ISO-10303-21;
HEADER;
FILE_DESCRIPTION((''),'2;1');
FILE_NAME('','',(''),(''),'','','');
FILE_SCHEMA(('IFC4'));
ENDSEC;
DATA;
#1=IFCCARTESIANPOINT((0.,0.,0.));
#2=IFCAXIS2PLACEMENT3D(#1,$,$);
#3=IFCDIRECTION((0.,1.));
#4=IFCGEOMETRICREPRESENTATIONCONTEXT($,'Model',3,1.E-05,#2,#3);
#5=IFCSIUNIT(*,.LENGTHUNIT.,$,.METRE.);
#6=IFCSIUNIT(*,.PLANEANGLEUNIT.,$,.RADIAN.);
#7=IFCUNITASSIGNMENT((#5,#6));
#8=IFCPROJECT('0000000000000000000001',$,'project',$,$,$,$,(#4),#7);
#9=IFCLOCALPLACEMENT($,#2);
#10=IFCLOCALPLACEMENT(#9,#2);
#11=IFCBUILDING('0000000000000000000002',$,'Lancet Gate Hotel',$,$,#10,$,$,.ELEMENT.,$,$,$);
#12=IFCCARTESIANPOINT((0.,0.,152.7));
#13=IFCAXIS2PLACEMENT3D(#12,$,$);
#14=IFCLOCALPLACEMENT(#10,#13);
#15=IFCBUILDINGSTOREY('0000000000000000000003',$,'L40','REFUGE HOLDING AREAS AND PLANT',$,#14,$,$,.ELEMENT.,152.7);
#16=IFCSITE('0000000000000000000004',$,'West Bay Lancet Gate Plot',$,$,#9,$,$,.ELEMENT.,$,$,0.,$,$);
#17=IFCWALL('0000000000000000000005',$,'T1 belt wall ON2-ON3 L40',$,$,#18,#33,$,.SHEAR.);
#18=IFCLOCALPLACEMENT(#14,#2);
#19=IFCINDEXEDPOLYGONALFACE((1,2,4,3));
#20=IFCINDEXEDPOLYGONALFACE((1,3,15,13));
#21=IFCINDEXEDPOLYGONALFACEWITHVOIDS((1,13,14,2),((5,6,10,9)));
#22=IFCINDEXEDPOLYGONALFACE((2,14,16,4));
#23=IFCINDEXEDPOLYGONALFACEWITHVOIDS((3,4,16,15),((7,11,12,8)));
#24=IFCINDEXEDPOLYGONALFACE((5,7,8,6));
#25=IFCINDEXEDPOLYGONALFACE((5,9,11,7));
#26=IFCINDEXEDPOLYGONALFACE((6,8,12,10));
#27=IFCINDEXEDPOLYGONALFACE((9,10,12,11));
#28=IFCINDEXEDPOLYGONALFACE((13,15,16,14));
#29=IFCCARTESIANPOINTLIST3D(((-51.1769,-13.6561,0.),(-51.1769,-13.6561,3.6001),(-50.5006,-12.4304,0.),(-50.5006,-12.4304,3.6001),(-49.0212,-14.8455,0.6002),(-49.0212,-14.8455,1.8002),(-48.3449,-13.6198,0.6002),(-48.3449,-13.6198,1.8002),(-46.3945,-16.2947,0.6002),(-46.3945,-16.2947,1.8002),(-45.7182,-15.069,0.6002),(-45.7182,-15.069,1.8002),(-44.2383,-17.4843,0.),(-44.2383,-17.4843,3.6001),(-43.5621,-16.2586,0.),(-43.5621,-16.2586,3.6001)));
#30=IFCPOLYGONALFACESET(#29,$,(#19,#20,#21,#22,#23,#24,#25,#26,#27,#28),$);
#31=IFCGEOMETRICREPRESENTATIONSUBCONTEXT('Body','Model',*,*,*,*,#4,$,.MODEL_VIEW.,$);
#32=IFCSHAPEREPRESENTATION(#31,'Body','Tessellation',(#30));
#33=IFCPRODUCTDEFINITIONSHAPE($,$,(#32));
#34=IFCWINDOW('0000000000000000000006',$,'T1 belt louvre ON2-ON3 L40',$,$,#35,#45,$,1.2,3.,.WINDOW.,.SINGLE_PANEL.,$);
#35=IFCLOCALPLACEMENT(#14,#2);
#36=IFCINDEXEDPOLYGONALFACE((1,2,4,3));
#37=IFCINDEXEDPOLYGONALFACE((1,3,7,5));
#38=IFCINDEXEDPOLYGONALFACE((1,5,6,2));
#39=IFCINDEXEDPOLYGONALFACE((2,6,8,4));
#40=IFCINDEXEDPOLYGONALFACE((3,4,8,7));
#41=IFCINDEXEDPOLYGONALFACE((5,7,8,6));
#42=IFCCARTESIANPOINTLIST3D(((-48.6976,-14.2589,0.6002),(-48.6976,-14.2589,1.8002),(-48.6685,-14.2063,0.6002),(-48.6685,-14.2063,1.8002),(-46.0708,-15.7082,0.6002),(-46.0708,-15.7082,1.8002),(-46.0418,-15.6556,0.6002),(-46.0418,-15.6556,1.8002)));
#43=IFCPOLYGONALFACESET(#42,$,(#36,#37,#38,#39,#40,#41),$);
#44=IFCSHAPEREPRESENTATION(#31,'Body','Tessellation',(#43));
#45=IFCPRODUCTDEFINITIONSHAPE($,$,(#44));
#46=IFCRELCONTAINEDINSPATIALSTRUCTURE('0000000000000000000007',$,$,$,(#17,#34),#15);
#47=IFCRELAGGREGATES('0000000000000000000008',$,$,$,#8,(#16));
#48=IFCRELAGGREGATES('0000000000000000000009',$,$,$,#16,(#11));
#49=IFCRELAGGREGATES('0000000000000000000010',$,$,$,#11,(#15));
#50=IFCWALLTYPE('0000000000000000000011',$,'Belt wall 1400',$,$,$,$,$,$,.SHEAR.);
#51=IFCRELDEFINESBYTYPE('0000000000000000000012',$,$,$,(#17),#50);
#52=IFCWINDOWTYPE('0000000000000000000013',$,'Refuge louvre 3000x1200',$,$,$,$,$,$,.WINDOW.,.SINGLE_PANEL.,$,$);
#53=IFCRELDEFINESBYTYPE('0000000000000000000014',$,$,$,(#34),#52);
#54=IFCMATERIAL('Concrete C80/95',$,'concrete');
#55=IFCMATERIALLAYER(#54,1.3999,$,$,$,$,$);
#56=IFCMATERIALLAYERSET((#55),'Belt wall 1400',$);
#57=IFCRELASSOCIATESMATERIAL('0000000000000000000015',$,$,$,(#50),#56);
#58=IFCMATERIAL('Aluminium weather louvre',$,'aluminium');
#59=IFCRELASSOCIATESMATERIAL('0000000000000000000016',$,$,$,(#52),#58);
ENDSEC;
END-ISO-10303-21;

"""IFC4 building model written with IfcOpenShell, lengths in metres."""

from ifc_helpers import new_model, si_unit, direction, frame, frame_2d, origin, place, context, subcontext, project, spatial, rectangle, extrude, material, layer, layer_set, type_object, element, fill, save


model = new_model("IFC4")

# Units and contexts
model_context = context("Model", 3, precision=1e-05, world=origin(), true_north=direction((0.0, 1.0)))
body_context = subcontext(model_context, "Body", "Model", "MODEL_VIEW")
ifc_project = project(units=[si_unit("LENGTHUNIT", "METRE"), si_unit("PLANEANGLEUNIT", "RADIAN")], contexts=[model_context])

# Site, building, storey
site_placement = place(None, origin())
site = spatial("IfcSite", under=ifc_project, at=site_placement, Name="West Bay Lancet Gate Plot", CompositionType="ELEMENT", RefElevation=0.0)
building_placement = place(site_placement, origin())
building = spatial("IfcBuilding", under=site, at=building_placement, Name="Lancet Gate Hotel", CompositionType="ELEMENT")
storey_placement = place(building_placement, frame((0.0, 0.0, 152.7)))
storey = spatial("IfcBuildingStorey", under=building, at=storey_placement, Name="L40", Description="REFUGE HOLDING AREAS AND PLANT", CompositionType="ELEMENT", Elevation=152.7)

# Wall, opening, window
ifc_material_1 = material(Name="Concrete C80/95", Category="concrete")
ifc_layer_1 = layer(ifc_material_1, 1.3999)
ifc_layer_set_1 = layer_set([ifc_layer_1], Name="Belt wall 1400")
wall_type = type_object("IfcWallType", Name="Belt wall 1400", PredefinedType="SHEAR", material=ifc_layer_set_1)
ifc_material_2 = material(Name="Aluminium weather louvre", Category="aluminium")
window_type = type_object("IfcWindowType", Name="Refuge louvre 3000x1200", PartitioningType="SINGLE_PANEL", PredefinedType="WINDOW", material=ifc_material_2)
wall_1_placement = place(storey_placement, frame((-50.8389, -13.0432, 0.0), z_axis=(0.0, 0.0, 1.0), x_axis=(0.875578, -0.483077, 0.0)))
wall_1 = element("IfcWall", 1, at=wall_1_placement, inside=storey, type_object=wall_type, Name="T1 belt wall ON2-ON3 L40", PredefinedType="SHEAR", context=body_context, shape_type="SweptSolid", body=[
    extrude(rectangle(XDim=7.9246, YDim=1.3999, at=frame_2d((3.9624, 0.0))), origin(), (0.0, 0.0, 1.0), 3.6001),
])
opening_1_placement = place(wall_1_placement, frame((2.4622, 0.0, 0.6001)))
opening_1 = element("IfcOpeningElement", 2, at=opening_1_placement, cuts=wall_1, PredefinedType="OPENING", context=body_context, shape_type="SweptSolid", body=[
    extrude(rectangle(XDim=3.0, YDim=1.2, at=frame_2d((1.5, 0.6001))), frame((0.0, 0.71, 0.0), z_axis=(0.0, -1.0, 0.0), x_axis=(1.0, 0.0, 0.0)), (0.0, 0.0, 1.0), 1.4199),
])
window_1_placement = place(opening_1_placement, origin())
window_1 = element("IfcWindow", 3, at=window_1_placement, inside=storey, type_object=window_type, Name="T1 belt louvre ON2-ON3 L40", OverallHeight=1.2, OverallWidth=3.0, PartitioningType="SINGLE_PANEL", PredefinedType="WINDOW", context=body_context, shape_type="SweptSolid", body=[
    extrude(rectangle(XDim=3.0, YDim=1.2, at=frame_2d((1.5, 0.6001))), frame((0.0, 0.03, 0.0), z_axis=(0.0, -1.0, 0.0), x_axis=(1.0, 0.0, 0.0)), (0.0, 0.0, 1.0), 0.0601),
])
fill(opening_1, window_1)

save(model, "model.ifc")
